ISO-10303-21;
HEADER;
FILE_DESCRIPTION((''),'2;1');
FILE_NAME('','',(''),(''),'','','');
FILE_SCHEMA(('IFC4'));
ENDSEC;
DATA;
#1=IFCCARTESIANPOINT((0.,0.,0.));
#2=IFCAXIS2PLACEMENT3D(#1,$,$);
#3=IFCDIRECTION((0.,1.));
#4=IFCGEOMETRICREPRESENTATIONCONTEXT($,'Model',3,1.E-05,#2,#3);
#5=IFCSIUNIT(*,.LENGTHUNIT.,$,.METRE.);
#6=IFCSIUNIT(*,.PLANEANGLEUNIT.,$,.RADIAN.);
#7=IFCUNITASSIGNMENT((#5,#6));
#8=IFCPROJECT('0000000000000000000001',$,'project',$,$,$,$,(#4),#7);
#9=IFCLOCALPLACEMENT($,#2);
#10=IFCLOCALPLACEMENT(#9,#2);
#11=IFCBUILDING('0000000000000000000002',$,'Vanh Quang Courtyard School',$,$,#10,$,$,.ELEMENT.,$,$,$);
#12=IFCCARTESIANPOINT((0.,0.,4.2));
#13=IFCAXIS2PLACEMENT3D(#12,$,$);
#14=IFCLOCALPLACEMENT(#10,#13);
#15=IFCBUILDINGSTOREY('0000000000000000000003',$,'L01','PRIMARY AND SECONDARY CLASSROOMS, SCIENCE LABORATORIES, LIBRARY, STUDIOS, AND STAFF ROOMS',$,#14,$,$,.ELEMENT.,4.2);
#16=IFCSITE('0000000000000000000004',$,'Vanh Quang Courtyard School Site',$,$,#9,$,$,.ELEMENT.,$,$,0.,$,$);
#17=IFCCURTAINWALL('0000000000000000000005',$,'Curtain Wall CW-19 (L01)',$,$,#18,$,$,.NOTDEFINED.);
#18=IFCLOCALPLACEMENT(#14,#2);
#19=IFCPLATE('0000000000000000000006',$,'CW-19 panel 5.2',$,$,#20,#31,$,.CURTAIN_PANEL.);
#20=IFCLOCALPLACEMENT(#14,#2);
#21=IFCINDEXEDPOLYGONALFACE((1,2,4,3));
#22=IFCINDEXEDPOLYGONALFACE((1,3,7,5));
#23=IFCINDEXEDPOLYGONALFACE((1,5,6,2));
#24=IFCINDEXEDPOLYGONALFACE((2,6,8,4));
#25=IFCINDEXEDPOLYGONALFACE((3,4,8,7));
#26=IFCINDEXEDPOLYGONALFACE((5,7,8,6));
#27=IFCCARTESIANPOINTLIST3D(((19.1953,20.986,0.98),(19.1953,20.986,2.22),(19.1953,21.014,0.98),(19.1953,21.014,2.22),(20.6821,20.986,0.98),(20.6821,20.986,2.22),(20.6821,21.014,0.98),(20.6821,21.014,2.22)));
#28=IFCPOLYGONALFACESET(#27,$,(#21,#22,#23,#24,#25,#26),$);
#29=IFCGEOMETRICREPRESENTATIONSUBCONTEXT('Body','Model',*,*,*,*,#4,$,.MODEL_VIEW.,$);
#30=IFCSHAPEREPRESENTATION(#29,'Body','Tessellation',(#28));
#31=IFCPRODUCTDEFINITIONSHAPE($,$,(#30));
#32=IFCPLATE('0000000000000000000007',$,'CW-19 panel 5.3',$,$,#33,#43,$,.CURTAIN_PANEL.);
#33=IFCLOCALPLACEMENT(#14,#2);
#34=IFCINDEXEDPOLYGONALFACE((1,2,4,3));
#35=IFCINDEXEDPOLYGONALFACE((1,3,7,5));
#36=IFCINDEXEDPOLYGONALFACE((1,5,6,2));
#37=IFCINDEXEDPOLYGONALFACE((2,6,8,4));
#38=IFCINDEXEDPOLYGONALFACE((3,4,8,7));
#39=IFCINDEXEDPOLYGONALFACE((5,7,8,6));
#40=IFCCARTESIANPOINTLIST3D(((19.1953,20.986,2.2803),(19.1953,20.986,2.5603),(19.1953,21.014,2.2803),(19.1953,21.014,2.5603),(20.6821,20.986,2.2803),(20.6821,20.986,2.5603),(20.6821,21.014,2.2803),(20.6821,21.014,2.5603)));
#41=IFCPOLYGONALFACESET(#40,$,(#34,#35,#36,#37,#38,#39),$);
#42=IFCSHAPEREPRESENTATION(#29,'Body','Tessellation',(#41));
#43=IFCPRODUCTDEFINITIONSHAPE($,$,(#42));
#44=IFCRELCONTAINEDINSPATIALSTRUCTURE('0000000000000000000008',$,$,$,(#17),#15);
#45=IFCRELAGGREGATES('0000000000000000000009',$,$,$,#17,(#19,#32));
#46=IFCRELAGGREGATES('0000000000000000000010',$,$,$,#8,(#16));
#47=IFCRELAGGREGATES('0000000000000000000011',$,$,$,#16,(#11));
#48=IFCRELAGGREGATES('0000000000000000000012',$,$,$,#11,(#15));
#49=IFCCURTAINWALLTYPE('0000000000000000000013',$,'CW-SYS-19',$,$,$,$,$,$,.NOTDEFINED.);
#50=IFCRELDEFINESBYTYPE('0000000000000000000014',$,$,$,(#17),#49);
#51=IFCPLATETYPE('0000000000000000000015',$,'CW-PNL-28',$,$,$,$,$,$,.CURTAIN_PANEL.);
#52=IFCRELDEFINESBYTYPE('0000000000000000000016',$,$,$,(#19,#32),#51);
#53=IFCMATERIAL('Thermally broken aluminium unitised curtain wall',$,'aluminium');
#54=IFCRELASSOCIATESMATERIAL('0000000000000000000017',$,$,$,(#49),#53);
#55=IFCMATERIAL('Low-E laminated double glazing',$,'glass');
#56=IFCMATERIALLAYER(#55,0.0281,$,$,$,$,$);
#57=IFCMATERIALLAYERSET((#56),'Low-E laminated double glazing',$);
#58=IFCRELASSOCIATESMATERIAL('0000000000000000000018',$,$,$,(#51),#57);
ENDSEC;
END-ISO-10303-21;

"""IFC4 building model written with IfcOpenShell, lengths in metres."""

from ifc_helpers import new_model, si_unit, direction, frame, origin, origin_2d, place, context, subcontext, project, spatial, rectangle, extrude, material, layer, layer_set, type_object, element, aggregate, save


model = new_model("IFC4")

# Units and contexts
model_context = context("Model", 3, precision=1e-05, world=origin(), true_north=direction((0.0, 1.0)))
body_context = subcontext(model_context, "Body", "Model", "MODEL_VIEW")
ifc_project = project(units=[si_unit("LENGTHUNIT", "METRE"), si_unit("PLANEANGLEUNIT", "RADIAN")], contexts=[model_context])

# Site, building, storey
site_placement = place(None, origin())
site = spatial("IfcSite", under=ifc_project, at=site_placement, Name="Vanh Quang Courtyard School Site", CompositionType="ELEMENT", RefElevation=0.0)
building_placement = place(site_placement, origin())
building = spatial("IfcBuilding", under=site, at=building_placement, Name="Vanh Quang Courtyard School", CompositionType="ELEMENT")
storey_placement = place(building_placement, frame((0.0, 0.0, 4.2)))
storey = spatial("IfcBuildingStorey", under=building, at=storey_placement, Name="L01", Description="PRIMARY AND SECONDARY CLASSROOMS, SCIENCE LABORATORIES, LIBRARY, STUDIOS, AND STAFF ROOMS", CompositionType="ELEMENT", Elevation=4.2)

# Shared definitions
ifc_material_1 = material(Name="Thermally broken aluminium unitised curtain wall", Category="aluminium")
curtain_wall_type = type_object("IfcCurtainWallType", Name="CW-SYS-19", PredefinedType="NOTDEFINED", material=ifc_material_1)

# Curtain wall
curtain_wall_1_placement = place(storey_placement, origin())
curtain_wall_1 = element("IfcCurtainWall", 1, at=curtain_wall_1_placement, inside=storey, type_object=curtain_wall_type, Name="Curtain Wall CW-19 (L01)", PredefinedType="NOTDEFINED")

# Plates
ifc_material_2 = material(Name="Low-E laminated double glazing", Category="glass")
ifc_layer = layer(ifc_material_2, 0.0281)
ifc_layer_set = layer_set([ifc_layer], Name="Low-E laminated double glazing")
plate_type = type_object("IfcPlateType", Name="CW-PNL-28", PredefinedType="CURTAIN_PANEL", material=ifc_layer_set)
plate_1_placement = place(storey_placement, frame((19.9387, 21.0, 0.98), z_axis=(0.0, 0.0, 1.0), x_axis=(1.0, 0.0, 0.0)))
plate_1 = element("IfcPlate", 2, at=plate_1_placement, type_object=plate_type, Name="CW-19 panel 5.2", PredefinedType="CURTAIN_PANEL", context=body_context, shape_type="SweptSolid", body=[
    extrude(rectangle(XDim=1.4868, YDim=0.0281, at=origin_2d()), origin(), (0.0, 0.0, 1.0), 1.24),
])
plate_2_placement = place(storey_placement, frame((19.9387, 21.0, 2.2803), z_axis=(0.0, 0.0, 1.0), x_axis=(1.0, 0.0, 0.0)))
plate_2 = element("IfcPlate", 3, at=plate_2_placement, type_object=plate_type, Name="CW-19 panel 5.3", PredefinedType="CURTAIN_PANEL", context=body_context, shape_type="SweptSolid", body=[
    extrude(rectangle(XDim=1.4868, YDim=0.0281, at=origin_2d()), origin(), (0.0, 0.0, 1.0), 0.28),
])
aggregate(curtain_wall_1, [plate_1, plate_2])

save(model, "model.ifc")
